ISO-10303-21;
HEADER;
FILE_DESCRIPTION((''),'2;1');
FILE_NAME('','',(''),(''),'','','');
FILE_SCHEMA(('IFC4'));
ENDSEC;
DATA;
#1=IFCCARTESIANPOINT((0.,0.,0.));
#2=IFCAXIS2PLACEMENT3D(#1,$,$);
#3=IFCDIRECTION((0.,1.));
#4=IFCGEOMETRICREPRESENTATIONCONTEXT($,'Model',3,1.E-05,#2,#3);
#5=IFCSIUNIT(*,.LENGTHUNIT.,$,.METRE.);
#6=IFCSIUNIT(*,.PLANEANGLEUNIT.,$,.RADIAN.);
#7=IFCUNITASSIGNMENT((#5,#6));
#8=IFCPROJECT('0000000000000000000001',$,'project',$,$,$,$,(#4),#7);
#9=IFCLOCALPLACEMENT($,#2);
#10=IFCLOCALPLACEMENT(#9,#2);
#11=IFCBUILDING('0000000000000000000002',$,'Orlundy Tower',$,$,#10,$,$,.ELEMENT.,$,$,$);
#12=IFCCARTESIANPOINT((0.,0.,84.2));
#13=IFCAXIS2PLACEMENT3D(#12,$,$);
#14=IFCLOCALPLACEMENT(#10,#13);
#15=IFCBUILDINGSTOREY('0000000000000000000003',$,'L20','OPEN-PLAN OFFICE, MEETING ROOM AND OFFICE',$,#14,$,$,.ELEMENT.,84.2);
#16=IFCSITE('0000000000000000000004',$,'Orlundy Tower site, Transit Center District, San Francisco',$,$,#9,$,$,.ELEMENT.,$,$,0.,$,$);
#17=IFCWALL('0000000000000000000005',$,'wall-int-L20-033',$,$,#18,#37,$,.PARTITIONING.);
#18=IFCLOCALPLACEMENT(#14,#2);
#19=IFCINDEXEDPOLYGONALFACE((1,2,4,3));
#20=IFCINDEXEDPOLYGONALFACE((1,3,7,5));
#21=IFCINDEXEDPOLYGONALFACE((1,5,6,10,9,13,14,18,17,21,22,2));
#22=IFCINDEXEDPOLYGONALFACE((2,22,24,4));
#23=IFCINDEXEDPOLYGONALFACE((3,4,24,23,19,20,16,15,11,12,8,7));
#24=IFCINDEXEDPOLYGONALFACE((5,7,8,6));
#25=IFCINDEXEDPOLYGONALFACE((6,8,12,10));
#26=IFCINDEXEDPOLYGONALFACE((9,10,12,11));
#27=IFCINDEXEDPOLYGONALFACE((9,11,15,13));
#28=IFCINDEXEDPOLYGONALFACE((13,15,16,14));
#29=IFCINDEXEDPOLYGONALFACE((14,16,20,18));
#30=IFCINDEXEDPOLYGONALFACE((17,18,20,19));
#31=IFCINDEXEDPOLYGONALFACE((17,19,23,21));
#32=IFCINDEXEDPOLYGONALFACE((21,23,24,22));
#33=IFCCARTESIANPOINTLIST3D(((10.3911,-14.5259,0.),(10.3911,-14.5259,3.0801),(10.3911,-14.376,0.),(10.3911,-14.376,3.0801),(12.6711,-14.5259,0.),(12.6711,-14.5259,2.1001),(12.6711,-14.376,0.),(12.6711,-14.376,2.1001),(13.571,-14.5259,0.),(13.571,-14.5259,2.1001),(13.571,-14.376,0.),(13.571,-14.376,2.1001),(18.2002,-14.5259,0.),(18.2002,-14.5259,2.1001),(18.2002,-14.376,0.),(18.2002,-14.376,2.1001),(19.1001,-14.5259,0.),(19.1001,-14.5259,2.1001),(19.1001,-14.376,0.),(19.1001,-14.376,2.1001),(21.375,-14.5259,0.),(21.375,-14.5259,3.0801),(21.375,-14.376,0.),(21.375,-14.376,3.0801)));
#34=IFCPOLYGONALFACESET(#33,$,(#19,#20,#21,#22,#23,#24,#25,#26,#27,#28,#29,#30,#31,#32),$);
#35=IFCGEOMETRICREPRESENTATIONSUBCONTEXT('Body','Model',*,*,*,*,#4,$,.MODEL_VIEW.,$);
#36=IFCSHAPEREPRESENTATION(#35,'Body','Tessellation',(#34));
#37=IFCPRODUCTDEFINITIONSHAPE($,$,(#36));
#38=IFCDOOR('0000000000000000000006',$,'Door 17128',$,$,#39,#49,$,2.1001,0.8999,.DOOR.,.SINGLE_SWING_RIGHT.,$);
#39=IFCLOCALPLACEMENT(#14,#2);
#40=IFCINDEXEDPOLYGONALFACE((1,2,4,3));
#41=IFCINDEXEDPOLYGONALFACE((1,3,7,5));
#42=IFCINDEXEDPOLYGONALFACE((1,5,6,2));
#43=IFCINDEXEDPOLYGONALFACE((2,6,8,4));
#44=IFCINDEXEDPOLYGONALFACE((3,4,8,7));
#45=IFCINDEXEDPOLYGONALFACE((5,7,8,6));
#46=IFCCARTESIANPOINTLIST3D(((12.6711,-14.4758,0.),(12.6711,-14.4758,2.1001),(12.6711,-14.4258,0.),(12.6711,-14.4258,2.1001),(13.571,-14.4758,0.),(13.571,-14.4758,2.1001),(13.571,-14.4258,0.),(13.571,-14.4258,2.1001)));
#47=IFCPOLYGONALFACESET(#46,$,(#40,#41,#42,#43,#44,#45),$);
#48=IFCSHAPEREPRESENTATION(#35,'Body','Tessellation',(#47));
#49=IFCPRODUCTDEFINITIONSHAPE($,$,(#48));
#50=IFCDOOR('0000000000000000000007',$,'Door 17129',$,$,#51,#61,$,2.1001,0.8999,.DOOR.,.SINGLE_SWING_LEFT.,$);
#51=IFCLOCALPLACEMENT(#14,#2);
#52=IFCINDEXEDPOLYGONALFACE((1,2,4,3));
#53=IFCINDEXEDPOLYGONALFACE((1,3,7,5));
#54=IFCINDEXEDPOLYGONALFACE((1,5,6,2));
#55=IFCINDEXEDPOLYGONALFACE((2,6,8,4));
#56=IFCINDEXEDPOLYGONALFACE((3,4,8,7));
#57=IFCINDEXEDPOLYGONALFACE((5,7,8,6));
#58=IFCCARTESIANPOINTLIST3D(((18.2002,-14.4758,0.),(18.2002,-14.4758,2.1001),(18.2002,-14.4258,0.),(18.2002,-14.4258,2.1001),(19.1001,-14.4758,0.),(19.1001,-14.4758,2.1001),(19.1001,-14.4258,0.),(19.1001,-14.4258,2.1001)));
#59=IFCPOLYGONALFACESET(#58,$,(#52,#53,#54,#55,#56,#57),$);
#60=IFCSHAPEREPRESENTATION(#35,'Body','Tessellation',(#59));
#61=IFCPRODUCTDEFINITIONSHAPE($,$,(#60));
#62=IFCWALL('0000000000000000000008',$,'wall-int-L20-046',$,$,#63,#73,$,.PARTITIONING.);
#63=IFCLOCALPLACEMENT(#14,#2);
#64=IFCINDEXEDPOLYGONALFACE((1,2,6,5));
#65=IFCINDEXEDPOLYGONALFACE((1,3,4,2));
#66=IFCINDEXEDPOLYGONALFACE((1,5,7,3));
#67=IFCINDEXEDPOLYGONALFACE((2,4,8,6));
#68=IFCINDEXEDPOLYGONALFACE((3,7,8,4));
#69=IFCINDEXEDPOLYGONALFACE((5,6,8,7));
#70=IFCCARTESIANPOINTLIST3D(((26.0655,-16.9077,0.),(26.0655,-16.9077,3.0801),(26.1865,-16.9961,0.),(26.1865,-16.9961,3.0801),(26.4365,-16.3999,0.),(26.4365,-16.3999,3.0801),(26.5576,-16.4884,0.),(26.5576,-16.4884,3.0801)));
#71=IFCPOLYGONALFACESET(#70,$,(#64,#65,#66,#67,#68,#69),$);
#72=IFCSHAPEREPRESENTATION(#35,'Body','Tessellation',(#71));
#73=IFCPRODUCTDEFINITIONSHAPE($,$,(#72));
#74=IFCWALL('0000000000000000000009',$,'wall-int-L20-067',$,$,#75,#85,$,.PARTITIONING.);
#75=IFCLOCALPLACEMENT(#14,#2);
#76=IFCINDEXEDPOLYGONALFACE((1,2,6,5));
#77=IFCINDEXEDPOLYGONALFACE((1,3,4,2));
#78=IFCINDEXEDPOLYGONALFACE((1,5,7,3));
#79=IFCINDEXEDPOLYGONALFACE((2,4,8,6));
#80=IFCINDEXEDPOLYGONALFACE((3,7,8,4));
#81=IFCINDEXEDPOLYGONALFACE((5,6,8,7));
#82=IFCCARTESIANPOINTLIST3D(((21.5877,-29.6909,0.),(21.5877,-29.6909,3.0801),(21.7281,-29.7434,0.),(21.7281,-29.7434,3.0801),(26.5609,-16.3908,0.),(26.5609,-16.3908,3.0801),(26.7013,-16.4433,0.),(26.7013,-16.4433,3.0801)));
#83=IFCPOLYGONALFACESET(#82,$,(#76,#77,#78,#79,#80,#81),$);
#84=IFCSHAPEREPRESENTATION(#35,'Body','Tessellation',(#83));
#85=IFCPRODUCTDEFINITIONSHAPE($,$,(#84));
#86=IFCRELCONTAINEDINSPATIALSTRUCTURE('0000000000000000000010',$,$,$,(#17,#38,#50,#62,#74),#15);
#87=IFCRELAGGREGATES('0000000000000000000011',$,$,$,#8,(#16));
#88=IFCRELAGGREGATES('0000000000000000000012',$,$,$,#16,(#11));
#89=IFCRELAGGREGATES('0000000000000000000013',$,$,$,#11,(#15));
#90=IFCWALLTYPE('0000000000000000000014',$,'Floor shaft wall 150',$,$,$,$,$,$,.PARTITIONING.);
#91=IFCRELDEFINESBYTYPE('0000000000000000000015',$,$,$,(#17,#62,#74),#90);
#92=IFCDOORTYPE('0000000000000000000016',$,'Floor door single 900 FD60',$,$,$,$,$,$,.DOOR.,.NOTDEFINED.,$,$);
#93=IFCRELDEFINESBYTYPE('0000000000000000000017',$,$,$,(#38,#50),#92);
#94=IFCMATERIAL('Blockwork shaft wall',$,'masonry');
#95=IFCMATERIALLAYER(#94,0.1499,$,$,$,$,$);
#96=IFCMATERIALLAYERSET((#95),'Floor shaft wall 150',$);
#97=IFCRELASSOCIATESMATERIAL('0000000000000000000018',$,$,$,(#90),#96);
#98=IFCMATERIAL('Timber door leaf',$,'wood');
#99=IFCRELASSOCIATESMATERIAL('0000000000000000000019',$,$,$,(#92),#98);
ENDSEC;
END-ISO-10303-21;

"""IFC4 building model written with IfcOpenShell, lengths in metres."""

from ifc_helpers import new_model, si_unit, direction, frame, frame_2d, origin, place, context, subcontext, project, spatial, rectangle, extrude, material, layer, layer_set, type_object, element, fill, save


model = new_model("IFC4")

# Units and contexts
model_context = context("Model", 3, precision=1e-05, world=origin(), true_north=direction((0.0, 1.0)))
body_context = subcontext(model_context, "Body", "Model", "MODEL_VIEW")
ifc_project = project(units=[si_unit("LENGTHUNIT", "METRE"), si_unit("PLANEANGLEUNIT", "RADIAN")], contexts=[model_context])

# Site, building, storey
site_placement = place(None, origin())
site = spatial("IfcSite", under=ifc_project, at=site_placement, Name="Orlundy Tower site, Transit Center District, San Francisco", CompositionType="ELEMENT", RefElevation=0.0)
building_placement = place(site_placement, origin())
building = spatial("IfcBuilding", under=site, at=building_placement, Name="Orlundy Tower", CompositionType="ELEMENT")
storey_placement = place(building_placement, frame((0.0, 0.0, 84.2)))
storey = spatial("IfcBuildingStorey", under=building, at=storey_placement, Name="L20", Description="OPEN-PLAN OFFICE, MEETING ROOM AND OFFICE", CompositionType="ELEMENT", Elevation=84.2)

# Shared definitions
ifc_material_1 = material(Name="Blockwork shaft wall", Category="masonry")
ifc_layer_1 = layer(ifc_material_1, 0.1499)
ifc_layer_set_1 = layer_set([ifc_layer_1], Name="Floor shaft wall 150")
wall_type_1 = type_object("IfcWallType", Name="Floor shaft wall 150", PredefinedType="PARTITIONING", material=ifc_layer_set_1)

# Wall, openings, doors
wall_1_placement = place(storey_placement, frame((21.375, -14.4509, 0.0), z_axis=(0.0, 0.0, 1.0), x_axis=(-1.0, 0.0, 0.0)))
wall_1 = element("IfcWall", 1, at=wall_1_placement, inside=storey, type_object=wall_type_1, Name="wall-int-L20-033", PredefinedType="PARTITIONING", context=body_context, shape_type="SweptSolid", body=[
    extrude(rectangle(XDim=10.9839, YDim=0.1499, at=frame_2d((5.4919, 0.0))), origin(), (0.0, 0.0, 1.0), 3.0801),
])
opening_1_placement = place(wall_1_placement, frame((7.804, 0.0, 0.0)))
opening_1 = element("IfcOpeningElement", 2, at=opening_1_placement, cuts=wall_1, PredefinedType="OPENING", context=body_context, shape_type="SweptSolid", body=[
    extrude(rectangle(XDim=0.8999, YDim=2.1001, at=frame_2d((0.45, 1.05))), frame((0.0, 0.085, 0.0), z_axis=(0.0, -1.0, 0.0), x_axis=(1.0, 0.0, 0.0)), (0.0, 0.0, 1.0), 0.1699),
])
opening_2_placement = place(wall_1_placement, frame((2.2749, 0.0, 0.0)))
opening_2 = element("IfcOpeningElement", 3, at=opening_2_placement, cuts=wall_1, PredefinedType="OPENING", context=body_context, shape_type="SweptSolid", body=[
    extrude(rectangle(XDim=0.8999, YDim=2.1001, at=frame_2d((0.45, 1.05))), frame((0.0, 0.085, 0.0), z_axis=(0.0, -1.0, 0.0), x_axis=(1.0, 0.0, 0.0)), (0.0, 0.0, 1.0), 0.1699),
])
ifc_material_2 = material(Name="Timber door leaf", Category="wood")
door_type_1 = type_object("IfcDoorType", Name="Floor door single 900 FD60", OperationType="NOTDEFINED", PredefinedType="DOOR", material=ifc_material_2)
door_1_placement = place(opening_1_placement, origin())
door_1 = element("IfcDoor", 4, at=door_1_placement, inside=storey, type_object=door_type_1, Name="Door 17128", OperationType="SINGLE_SWING_RIGHT", OverallHeight=2.1001, OverallWidth=0.8999, PredefinedType="DOOR", context=body_context, shape_type="SweptSolid", body=[
    extrude(rectangle(XDim=0.8999, YDim=2.1001, at=frame_2d((0.45, 1.05))), frame((0.0, 0.0249, 0.0), z_axis=(0.0, -1.0, 0.0), x_axis=(1.0, 0.0, 0.0)), (0.0, 0.0, 1.0), 0.05),
])
fill(opening_1, door_1)
door_2_placement = place(opening_2_placement, origin())
door_2 = element("IfcDoor", 5, at=door_2_placement, inside=storey, type_object=door_type_1, Name="Door 17129", OperationType="SINGLE_SWING_LEFT", OverallHeight=2.1001, OverallWidth=0.8999, PredefinedType="DOOR", context=body_context, shape_type="SweptSolid", body=[
    extrude(rectangle(XDim=0.8999, YDim=2.1001, at=frame_2d((0.45, 1.05))), frame((0.0, 0.0249, 0.0), z_axis=(0.0, -1.0, 0.0), x_axis=(1.0, 0.0, 0.0)), (0.0, 0.0, 1.0), 0.05),
])
fill(opening_2, door_2)

# Walls
wall_2_placement = place(storey_placement, frame((26.126, -16.9519, 0.0), z_axis=(0.0, 0.0, 1.0), x_axis=(0.590017, 0.807391, 0.0)))
element("IfcWall", 6, at=wall_2_placement, inside=storey, type_object=wall_type_1, Name="wall-int-L20-046", PredefinedType="PARTITIONING", context=body_context, shape_type="SweptSolid", body=[
    extrude(rectangle(XDim=0.6289, YDim=0.1499, at=frame_2d((0.3145, 0.0))), origin(), (0.0, 0.0, 1.0), 3.0801),
])
wall_3_placement = place(storey_placement, frame((21.658, -29.717, 0.0), z_axis=(0.0, 0.0, 1.0), x_axis=(0.350236, 0.936662, 0.0)))
element("IfcWall", 7, at=wall_3_placement, inside=storey, type_object=wall_type_1, Name="wall-int-L20-067", PredefinedType="PARTITIONING", context=body_context, shape_type="SweptSolid", body=[
    extrude(rectangle(XDim=14.1995, YDim=0.1499, at=frame_2d((7.0996, 0.0))), origin(), (0.0, 0.0, 1.0), 3.0801),
])

save(model, "model.ifc")
